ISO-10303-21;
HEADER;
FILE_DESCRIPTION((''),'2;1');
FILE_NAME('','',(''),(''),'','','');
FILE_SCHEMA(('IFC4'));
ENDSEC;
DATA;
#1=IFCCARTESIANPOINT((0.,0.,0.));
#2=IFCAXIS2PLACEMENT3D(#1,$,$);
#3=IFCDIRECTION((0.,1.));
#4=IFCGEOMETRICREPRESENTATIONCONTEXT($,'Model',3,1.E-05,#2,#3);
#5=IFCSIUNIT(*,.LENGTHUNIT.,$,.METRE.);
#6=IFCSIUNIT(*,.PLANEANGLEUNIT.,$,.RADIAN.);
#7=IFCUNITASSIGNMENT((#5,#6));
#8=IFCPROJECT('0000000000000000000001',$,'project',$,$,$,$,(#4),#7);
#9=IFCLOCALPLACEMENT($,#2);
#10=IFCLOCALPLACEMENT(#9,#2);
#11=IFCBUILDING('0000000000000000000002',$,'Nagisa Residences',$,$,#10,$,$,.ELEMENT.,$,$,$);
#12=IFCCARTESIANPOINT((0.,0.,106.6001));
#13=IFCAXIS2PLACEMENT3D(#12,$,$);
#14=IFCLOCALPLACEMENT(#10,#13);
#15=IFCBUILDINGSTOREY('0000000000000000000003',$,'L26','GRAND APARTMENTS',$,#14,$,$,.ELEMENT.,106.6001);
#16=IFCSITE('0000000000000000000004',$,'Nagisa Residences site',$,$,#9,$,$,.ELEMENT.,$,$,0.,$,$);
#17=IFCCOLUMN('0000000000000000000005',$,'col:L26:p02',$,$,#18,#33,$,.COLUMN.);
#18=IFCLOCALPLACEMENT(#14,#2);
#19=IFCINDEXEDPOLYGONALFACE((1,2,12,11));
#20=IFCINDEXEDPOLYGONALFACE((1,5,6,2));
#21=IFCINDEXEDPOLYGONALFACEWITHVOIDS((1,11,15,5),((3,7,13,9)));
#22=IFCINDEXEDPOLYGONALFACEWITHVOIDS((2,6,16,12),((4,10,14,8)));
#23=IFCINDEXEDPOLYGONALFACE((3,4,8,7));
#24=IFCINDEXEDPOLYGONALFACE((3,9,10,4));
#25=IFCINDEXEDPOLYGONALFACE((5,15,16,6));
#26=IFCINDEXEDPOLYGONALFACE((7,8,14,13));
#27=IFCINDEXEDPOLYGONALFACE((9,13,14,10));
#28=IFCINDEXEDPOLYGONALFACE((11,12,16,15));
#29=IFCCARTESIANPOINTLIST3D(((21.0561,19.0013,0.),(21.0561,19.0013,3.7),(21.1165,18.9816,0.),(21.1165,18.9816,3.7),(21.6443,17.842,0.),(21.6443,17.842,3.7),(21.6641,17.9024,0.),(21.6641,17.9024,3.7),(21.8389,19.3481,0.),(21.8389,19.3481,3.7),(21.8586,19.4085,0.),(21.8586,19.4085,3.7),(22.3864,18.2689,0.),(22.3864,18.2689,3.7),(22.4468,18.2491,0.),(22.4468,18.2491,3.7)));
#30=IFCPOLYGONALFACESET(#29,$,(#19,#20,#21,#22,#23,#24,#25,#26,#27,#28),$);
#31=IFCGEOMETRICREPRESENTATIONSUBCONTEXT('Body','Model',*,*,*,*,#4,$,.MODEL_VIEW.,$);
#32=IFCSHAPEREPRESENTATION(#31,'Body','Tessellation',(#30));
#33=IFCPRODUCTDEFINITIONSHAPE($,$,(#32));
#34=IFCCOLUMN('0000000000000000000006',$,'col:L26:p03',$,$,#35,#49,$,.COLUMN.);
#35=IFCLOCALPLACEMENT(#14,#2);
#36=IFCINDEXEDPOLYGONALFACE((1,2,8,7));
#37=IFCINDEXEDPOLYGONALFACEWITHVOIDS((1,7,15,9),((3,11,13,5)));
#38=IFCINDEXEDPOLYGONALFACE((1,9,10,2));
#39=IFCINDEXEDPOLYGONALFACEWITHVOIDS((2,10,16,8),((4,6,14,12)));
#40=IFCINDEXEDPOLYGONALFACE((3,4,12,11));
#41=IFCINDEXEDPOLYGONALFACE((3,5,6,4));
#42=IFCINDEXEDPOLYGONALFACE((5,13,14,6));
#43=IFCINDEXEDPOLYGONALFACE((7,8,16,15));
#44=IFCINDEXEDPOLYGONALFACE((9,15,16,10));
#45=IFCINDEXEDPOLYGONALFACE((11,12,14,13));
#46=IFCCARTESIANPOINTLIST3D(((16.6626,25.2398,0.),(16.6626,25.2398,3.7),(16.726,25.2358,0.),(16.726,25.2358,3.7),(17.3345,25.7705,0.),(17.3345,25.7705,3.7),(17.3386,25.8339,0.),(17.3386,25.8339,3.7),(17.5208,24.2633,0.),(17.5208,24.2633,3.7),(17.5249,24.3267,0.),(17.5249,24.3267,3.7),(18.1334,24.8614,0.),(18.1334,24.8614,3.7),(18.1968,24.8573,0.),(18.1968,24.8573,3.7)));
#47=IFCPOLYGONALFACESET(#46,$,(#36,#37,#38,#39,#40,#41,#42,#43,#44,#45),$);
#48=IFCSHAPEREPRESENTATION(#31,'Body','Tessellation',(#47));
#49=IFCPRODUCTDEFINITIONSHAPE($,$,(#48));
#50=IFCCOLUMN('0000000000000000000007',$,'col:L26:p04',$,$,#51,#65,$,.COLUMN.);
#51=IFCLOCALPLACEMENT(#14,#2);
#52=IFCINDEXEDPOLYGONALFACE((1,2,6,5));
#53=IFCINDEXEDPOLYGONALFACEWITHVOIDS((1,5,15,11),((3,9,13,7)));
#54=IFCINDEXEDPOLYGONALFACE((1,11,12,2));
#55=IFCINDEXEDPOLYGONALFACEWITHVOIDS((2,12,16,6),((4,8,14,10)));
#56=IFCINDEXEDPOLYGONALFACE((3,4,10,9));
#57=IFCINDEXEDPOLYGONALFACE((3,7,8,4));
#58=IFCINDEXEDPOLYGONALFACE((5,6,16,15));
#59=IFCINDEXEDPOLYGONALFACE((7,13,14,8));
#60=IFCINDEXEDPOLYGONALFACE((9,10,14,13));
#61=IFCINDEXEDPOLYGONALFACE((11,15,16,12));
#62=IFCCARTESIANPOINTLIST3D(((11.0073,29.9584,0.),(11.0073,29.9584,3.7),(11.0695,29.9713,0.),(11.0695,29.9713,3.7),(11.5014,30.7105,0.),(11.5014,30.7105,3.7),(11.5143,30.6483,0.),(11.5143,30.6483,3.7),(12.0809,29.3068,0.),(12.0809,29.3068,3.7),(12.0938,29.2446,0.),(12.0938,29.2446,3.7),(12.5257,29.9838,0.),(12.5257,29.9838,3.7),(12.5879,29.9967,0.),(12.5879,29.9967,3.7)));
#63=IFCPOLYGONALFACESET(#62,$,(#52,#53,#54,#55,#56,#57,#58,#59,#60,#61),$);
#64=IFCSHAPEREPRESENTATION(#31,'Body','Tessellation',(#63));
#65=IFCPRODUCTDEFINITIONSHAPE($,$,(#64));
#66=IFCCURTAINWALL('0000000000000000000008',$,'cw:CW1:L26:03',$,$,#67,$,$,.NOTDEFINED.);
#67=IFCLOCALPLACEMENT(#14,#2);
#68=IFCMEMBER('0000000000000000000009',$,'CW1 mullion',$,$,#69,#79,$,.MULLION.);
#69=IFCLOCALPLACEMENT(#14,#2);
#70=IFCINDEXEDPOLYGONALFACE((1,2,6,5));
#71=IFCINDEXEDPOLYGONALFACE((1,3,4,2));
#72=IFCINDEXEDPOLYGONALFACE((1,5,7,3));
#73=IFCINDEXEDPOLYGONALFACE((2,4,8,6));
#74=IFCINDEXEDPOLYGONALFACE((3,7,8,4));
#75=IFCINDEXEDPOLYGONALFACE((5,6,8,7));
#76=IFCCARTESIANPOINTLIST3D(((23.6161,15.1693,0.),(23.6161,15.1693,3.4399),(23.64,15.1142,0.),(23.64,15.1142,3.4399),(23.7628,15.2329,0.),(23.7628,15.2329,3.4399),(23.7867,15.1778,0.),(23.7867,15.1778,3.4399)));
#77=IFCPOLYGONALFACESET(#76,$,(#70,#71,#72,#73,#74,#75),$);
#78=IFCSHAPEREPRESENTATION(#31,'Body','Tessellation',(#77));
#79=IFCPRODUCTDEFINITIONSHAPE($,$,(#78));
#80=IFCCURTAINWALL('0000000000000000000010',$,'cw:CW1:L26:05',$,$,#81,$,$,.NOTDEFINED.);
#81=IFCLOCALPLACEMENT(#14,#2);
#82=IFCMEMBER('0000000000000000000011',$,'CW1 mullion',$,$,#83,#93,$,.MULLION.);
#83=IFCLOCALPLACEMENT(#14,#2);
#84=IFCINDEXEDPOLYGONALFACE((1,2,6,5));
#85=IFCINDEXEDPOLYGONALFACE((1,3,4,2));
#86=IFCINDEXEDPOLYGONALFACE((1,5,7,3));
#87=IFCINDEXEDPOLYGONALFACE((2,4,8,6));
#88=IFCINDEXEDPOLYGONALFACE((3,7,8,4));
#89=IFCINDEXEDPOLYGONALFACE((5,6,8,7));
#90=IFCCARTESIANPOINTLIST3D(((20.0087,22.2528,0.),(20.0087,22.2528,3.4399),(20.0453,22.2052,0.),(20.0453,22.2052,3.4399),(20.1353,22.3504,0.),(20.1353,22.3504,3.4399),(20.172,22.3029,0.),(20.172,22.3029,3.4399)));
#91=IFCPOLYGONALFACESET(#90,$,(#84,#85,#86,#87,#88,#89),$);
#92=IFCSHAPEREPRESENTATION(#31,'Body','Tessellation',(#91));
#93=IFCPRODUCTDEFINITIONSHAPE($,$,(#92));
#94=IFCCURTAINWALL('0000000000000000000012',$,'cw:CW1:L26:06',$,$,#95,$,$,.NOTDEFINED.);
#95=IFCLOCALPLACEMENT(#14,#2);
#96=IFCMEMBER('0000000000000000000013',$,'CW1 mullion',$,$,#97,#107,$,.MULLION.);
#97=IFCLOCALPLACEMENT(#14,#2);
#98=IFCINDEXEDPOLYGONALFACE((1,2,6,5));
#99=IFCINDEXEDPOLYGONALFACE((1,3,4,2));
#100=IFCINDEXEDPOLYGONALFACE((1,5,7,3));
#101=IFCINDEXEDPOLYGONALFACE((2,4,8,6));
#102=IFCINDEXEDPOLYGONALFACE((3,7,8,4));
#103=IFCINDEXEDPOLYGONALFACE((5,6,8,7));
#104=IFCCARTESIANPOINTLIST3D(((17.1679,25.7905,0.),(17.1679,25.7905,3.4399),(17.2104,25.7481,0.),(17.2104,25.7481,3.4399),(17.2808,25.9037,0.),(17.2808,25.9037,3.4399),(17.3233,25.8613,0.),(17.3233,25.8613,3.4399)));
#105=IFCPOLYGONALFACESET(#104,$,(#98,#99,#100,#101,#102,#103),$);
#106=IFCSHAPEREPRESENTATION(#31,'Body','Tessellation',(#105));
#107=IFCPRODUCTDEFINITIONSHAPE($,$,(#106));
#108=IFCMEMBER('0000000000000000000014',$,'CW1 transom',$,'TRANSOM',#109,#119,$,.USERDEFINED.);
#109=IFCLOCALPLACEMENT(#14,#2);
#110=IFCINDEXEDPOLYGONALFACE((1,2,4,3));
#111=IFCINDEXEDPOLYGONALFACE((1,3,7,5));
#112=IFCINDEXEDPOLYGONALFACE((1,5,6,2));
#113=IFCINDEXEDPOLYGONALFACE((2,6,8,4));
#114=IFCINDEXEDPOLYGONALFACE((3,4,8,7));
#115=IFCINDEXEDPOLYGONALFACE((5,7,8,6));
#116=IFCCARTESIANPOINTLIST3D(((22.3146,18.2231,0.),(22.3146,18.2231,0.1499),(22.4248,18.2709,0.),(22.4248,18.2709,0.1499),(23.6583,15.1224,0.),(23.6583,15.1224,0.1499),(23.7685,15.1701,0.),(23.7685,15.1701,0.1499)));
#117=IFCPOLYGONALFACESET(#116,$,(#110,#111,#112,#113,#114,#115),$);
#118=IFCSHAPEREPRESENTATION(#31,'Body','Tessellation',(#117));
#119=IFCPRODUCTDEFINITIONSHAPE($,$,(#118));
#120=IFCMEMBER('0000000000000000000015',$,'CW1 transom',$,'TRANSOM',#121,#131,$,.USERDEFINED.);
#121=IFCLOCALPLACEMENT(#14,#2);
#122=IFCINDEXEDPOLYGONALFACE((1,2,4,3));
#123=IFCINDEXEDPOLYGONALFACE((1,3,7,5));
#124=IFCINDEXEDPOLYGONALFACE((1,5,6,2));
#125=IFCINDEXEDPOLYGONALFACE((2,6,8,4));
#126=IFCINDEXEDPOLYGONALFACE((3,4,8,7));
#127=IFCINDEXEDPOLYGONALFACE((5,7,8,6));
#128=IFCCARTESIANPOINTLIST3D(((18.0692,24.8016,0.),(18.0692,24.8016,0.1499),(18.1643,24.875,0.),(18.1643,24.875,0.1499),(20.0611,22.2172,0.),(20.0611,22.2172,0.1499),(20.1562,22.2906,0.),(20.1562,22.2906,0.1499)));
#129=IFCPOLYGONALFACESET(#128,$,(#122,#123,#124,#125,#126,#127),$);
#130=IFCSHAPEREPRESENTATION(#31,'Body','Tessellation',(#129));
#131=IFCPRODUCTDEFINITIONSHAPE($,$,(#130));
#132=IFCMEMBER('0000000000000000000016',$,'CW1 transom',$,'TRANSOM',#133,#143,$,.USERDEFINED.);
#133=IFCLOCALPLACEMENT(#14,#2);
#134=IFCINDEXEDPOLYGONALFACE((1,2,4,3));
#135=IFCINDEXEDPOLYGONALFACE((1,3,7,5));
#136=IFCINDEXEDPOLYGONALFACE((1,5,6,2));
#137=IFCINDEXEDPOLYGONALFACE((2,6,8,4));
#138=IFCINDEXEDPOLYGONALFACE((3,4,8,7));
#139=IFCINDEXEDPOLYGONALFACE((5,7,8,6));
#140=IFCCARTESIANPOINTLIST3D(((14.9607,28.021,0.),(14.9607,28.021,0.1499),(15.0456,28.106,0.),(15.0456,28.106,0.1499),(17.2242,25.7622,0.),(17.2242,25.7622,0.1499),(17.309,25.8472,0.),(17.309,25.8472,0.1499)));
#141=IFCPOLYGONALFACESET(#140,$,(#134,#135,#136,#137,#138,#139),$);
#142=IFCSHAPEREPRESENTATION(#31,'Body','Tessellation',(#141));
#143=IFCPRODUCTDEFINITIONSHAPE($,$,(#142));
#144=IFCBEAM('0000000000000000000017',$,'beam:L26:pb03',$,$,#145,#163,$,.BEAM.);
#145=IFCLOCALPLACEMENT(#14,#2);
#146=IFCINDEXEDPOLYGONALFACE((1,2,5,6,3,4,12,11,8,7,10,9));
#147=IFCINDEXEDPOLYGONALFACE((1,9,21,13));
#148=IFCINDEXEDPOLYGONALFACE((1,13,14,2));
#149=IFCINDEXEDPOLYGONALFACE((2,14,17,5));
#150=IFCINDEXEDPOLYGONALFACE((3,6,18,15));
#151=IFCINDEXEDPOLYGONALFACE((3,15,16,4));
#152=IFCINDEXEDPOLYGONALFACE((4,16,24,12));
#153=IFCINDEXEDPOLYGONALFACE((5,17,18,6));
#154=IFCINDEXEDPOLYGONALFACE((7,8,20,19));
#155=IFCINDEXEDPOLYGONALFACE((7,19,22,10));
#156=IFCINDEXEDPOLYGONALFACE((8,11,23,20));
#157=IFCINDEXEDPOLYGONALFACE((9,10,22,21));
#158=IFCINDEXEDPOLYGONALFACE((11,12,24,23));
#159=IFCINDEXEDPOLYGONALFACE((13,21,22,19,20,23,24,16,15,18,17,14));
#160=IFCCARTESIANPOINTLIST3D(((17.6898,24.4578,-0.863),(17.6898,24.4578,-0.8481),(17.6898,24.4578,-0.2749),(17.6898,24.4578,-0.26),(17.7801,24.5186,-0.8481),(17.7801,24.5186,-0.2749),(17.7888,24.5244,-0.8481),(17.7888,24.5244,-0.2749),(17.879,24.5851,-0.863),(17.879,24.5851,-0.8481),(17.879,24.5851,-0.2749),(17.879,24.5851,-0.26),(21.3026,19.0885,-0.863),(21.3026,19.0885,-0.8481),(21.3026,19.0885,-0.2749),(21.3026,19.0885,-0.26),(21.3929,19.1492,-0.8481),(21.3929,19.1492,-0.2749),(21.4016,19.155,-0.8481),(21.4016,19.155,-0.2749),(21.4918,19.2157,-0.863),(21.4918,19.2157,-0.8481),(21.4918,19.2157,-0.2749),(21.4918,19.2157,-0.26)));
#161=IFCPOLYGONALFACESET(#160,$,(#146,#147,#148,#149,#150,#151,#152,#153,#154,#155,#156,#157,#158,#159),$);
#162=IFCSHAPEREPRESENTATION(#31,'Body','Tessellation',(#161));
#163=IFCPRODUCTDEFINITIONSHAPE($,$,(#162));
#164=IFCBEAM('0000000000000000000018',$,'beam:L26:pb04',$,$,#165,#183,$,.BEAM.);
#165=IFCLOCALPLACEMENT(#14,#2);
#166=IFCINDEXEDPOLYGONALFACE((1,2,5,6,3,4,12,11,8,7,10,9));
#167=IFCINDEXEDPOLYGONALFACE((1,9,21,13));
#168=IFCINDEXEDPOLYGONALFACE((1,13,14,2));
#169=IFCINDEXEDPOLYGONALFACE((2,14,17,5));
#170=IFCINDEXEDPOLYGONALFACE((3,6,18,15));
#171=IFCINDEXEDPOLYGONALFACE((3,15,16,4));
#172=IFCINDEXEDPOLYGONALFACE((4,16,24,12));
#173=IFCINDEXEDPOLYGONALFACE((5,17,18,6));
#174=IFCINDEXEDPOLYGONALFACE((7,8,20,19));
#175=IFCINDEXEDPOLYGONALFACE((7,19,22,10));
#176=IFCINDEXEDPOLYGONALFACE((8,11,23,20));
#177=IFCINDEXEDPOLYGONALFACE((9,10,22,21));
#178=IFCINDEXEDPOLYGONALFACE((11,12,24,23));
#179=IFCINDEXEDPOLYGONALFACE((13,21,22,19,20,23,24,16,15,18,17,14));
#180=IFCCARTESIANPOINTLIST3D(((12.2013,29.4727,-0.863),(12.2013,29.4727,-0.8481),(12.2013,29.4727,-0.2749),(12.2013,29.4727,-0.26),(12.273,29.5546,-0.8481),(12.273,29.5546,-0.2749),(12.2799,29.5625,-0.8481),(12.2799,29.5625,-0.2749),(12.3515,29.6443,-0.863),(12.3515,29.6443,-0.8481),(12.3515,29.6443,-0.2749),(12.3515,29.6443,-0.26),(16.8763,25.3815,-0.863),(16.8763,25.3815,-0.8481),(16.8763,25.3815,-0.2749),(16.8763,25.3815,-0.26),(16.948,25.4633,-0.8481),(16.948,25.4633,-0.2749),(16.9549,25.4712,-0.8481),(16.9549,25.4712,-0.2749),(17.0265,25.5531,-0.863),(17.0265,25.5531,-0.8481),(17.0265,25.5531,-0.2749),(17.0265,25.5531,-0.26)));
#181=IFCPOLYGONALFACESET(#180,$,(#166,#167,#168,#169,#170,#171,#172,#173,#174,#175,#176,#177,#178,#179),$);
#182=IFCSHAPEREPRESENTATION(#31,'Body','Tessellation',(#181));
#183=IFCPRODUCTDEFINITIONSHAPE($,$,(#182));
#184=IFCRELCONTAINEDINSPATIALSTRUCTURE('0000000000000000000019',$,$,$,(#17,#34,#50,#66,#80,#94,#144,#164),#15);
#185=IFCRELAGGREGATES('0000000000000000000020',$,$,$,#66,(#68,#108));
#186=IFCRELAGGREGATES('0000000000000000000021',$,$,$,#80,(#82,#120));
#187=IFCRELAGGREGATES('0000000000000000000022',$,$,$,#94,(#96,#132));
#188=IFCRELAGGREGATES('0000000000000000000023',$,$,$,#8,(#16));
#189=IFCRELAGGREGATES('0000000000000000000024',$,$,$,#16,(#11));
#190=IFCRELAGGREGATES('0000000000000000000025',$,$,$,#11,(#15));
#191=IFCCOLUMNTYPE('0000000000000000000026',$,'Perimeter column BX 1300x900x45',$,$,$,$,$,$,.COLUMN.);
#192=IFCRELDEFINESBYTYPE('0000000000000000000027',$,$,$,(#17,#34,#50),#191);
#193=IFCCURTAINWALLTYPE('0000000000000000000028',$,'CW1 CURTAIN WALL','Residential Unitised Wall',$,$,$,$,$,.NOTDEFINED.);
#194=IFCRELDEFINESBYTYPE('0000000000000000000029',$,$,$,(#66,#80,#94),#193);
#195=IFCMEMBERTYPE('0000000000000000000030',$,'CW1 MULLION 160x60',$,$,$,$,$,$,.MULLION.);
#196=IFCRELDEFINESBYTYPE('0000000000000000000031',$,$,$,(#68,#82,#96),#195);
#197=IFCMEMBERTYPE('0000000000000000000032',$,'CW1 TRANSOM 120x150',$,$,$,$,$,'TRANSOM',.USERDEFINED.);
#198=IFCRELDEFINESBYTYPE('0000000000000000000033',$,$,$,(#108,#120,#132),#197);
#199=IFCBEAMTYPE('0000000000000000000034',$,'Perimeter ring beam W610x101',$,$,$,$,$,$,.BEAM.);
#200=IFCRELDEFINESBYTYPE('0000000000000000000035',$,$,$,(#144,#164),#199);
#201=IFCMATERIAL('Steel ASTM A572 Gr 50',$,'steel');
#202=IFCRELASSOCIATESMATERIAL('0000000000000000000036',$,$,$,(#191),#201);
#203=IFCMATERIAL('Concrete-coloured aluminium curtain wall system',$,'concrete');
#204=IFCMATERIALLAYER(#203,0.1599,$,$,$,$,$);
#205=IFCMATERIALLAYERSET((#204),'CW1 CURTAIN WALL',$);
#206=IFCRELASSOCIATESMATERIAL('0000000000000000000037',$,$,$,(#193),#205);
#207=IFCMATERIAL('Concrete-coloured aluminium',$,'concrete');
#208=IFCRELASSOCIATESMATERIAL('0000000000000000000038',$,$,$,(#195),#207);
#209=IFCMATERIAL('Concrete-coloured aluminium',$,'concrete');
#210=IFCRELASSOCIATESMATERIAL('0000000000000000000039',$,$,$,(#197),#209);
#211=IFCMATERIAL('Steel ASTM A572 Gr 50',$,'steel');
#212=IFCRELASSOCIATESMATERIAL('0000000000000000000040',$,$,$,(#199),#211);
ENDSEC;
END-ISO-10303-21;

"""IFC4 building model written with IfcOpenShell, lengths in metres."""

from ifc_helpers import new_model, si_unit, direction, frame, origin, origin_2d, place, context, subcontext, project, spatial, rectangle, hollow_rectangle, i_section, extrude, material, layer, layer_set, material_profile, profile_set, type_object, element, aggregate, save


model = new_model("IFC4")

# Units and contexts
model_context = context("Model", 3, precision=1e-05, world=origin(), true_north=direction((0.0, 1.0)))
body_context = subcontext(model_context, "Body", "Model", "MODEL_VIEW")
ifc_project = project(units=[si_unit("LENGTHUNIT", "METRE"), si_unit("PLANEANGLEUNIT", "RADIAN")], contexts=[model_context])

# Site, building, storey
site_placement = place(None, origin())
site = spatial("IfcSite", under=ifc_project, at=site_placement, Name="Nagisa Residences site", CompositionType="ELEMENT", RefElevation=0.0)
building_placement = place(site_placement, origin())
building = spatial("IfcBuilding", under=site, at=building_placement, Name="Nagisa Residences", CompositionType="ELEMENT")
storey_placement = place(building_placement, frame((0.0, 0.0, 106.6001)))
storey = spatial("IfcBuildingStorey", under=building, at=storey_placement, Name="L26", Description="GRAND APARTMENTS", CompositionType="ELEMENT", Elevation=106.6001)

# Columns
ifc_material_1 = material(Name="Steel ASTM A572 Gr 50", Category="steel")
ifc_material_profile_1 = material_profile(ifc_material_1, hollow_rectangle(XDim=1.3, YDim=0.8999, WallThickness=0.0449, at=origin_2d()), Name="BX 1300x900x45")
ifc_profile_set_1 = profile_set([ifc_material_profile_1], Name="Steel ASTM A572 Gr 50")
column_type = type_object("IfcColumnType", Name="Perimeter column BX 1300x900x45", PredefinedType="COLUMN", material=ifc_profile_set_1)
for number, where, z_axis, x_axis, name in (
    (1, (21.7515, 18.6252, 0.0), (0.0, 0.0, 1.0), (-0.452463, 0.891783, 0.0), "col:L26:p02"),
    (2, (17.4297, 25.0486, 0.0), (0.0, 0.0, 1.0), (-0.660115, 0.751165, 0.0), "col:L26:p03"),
    (3, (11.7976, 29.9775, 0.0), (0.0, 0.0, 1.0), (-0.835766, 0.549086, 0.0), "col:L26:p04"),
):
    element("IfcColumn", number, at=place(storey_placement, frame(where, z_axis=z_axis, x_axis=x_axis)), inside=storey, type_object=column_type, Name=name, PredefinedType="COLUMN", context=body_context, shape_type="SweptSolid", body=[
        extrude(hollow_rectangle(XDim=1.3, YDim=0.8999, WallThickness=0.0449, at=origin_2d()), origin(), (0.0, 0.0, 1.0), 3.7),
    ])

# Curtain walls, members
ifc_material_2 = material(Name="Concrete-coloured aluminium curtain wall system", Category="concrete")
ifc_layer_1 = layer(ifc_material_2, 0.1599)
ifc_layer_set_1 = layer_set([ifc_layer_1], Name="CW1 CURTAIN WALL")
curtain_wall_type = type_object("IfcCurtainWallType", Name="CW1 CURTAIN WALL", Description="Residential Unitised Wall", PredefinedType="NOTDEFINED", material=ifc_layer_set_1)
curtain_wall_1_placement = place(storey_placement, origin())
curtain_wall_1 = element("IfcCurtainWall", 4, at=curtain_wall_1_placement, inside=storey, type_object=curtain_wall_type, Name="cw:CW1:L26:03", PredefinedType="NOTDEFINED")
ifc_material_3 = material(Name="Concrete-coloured aluminium", Category="concrete")
ifc_material_profile_2 = material_profile(ifc_material_3, rectangle(XDim=0.1599, YDim=0.0601, at=origin_2d()), Name="CW1 MULLION 160x60")
ifc_profile_set_2 = profile_set([ifc_material_profile_2], Name="Concrete-coloured aluminium")
member_type_1 = type_object("IfcMemberType", Name="CW1 MULLION 160x60", PredefinedType="MULLION", material=ifc_profile_set_2)
member_1_placement = place(storey_placement, frame((23.7014, 15.1736, 0.0), z_axis=(0.0, 0.0, 1.0), x_axis=(-0.917543, -0.397636, 0.0)))
member_1 = element("IfcMember", 5, at=member_1_placement, type_object=member_type_1, Name="CW1 mullion", PredefinedType="MULLION", context=body_context, shape_type="SweptSolid", body=[
    extrude(rectangle(XDim=0.1599, YDim=0.0601, at=origin_2d()), origin(), (0.0, 0.0, 1.0), 3.4399),
])
curtain_wall_2_placement = place(storey_placement, origin())
curtain_wall_2 = element("IfcCurtainWall", 6, at=curtain_wall_2_placement, inside=storey, type_object=curtain_wall_type, Name="cw:CW1:L26:05", PredefinedType="NOTDEFINED")
member_2_placement = place(storey_placement, frame((20.0903, 22.2778, 0.0), z_axis=(0.0, 0.0, 1.0), x_axis=(-0.79207, -0.61043, 0.0)))
member_2 = element("IfcMember", 7, at=member_2_placement, type_object=member_type_1, Name="CW1 mullion", PredefinedType="MULLION", context=body_context, shape_type="SweptSolid", body=[
    extrude(rectangle(XDim=0.1599, YDim=0.0601, at=origin_2d()), origin(), (0.0, 0.0, 1.0), 3.4399),
])
curtain_wall_3_placement = place(storey_placement, origin())
curtain_wall_3 = element("IfcCurtainWall", 8, at=curtain_wall_3_placement, inside=storey, type_object=curtain_wall_type, Name="cw:CW1:L26:06", PredefinedType="NOTDEFINED")
member_3_placement = place(storey_placement, frame((17.2456, 25.8259, 0.0), z_axis=(0.0, 0.0, 1.0), x_axis=(-0.706377, -0.707836, 0.0)))
member_3 = element("IfcMember", 9, at=member_3_placement, type_object=member_type_1, Name="CW1 mullion", PredefinedType="MULLION", context=body_context, shape_type="SweptSolid", body=[
    extrude(rectangle(XDim=0.1599, YDim=0.0601, at=origin_2d()), origin(), (0.0, 0.0, 1.0), 3.4399),
])

# Members
ifc_material_4 = material(Name="Concrete-coloured aluminium", Category="concrete")
ifc_material_profile_3 = material_profile(ifc_material_4, rectangle(XDim=0.1201, YDim=0.1499, at=origin_2d()), Name="CW1 TRANSOM 120x150")
ifc_profile_set_3 = profile_set([ifc_material_profile_3], Name="Concrete-coloured aluminium")
member_type_2 = type_object("IfcMemberType", Name="CW1 TRANSOM 120x150", ElementType="TRANSOM", PredefinedType="USERDEFINED", material=ifc_profile_set_3)
member_4_placement = place(storey_placement, frame((23.7134, 15.1462, 0.075), z_axis=(-0.397622, 0.917549, 0.0), x_axis=(-0.917549, -0.397622, 0.0)))
member_4 = element("IfcMember", 10, at=member_4_placement, type_object=member_type_2, Name="CW1 transom", ObjectType="TRANSOM", PredefinedType="USERDEFINED", context=body_context, shape_type="SweptSolid", body=[
    extrude(rectangle(XDim=0.1201, YDim=0.1499, at=origin_2d()), origin(), (0.0, 0.0, 1.0), 3.3794),
])
member_5_placement = place(storey_placement, frame((20.1086, 22.2539, 0.075), z_axis=(-0.610459, 0.792048, 0.0), x_axis=(-0.792048, -0.610459, 0.0)))
member_5 = element("IfcMember", 11, at=member_5_placement, type_object=member_type_2, Name="CW1 transom", ObjectType="TRANSOM", PredefinedType="USERDEFINED", context=body_context, shape_type="SweptSolid", body=[
    extrude(rectangle(XDim=0.1201, YDim=0.1499, at=origin_2d()), origin(), (0.0, 0.0, 1.0), 3.2629),
])
member_6_placement = place(storey_placement, frame((17.2666, 25.8047, 0.075), z_axis=(-0.707832, 0.706381, 0.0), x_axis=(-0.706381, -0.707832, 0.0)))
member_6 = element("IfcMember", 12, at=member_6_placement, type_object=member_type_2, Name="CW1 transom", ObjectType="TRANSOM", PredefinedType="USERDEFINED", context=body_context, shape_type="SweptSolid", body=[
    extrude(rectangle(XDim=0.1201, YDim=0.1499, at=origin_2d()), origin(), (0.0, 0.0, 1.0), 3.1978),
])

# Beams
ifc_material_5 = material(Name="Steel ASTM A572 Gr 50", Category="steel")
ifc_material_profile_4 = material_profile(ifc_material_5, i_section(OverallWidth=0.228, OverallDepth=0.603, WebThickness=0.0105, FlangeThickness=0.0149, at=origin_2d()), Name="W610x101")
ifc_profile_set_4 = profile_set([ifc_material_profile_4], Name="Steel ASTM A572 Gr 50")
beam_type_1 = type_object("IfcBeamType", Name="Perimeter ring beam W610x101", PredefinedType="BEAM", material=ifc_profile_set_4)
beam_1_placement = place(storey_placement, frame((21.3972, 19.1521, -0.5615), z_axis=(-0.558247, 0.829675, 0.0), x_axis=(-0.829675, -0.558247, 0.0)))
element("IfcBeam", 13, at=beam_1_placement, inside=storey, type_object=beam_type_1, Name="beam:L26:pb03", PredefinedType="BEAM", context=body_context, shape_type="SweptSolid", body=[
    extrude(i_section(OverallWidth=0.228, OverallDepth=0.603, WebThickness=0.0105, FlangeThickness=0.0149, at=origin_2d()), origin(), (0.0, 0.0, 1.0), 6.4717),
])
beam_2_placement = place(storey_placement, frame((16.9514, 25.4673, -0.5615), z_axis=(-0.752526, 0.658563, 0.0), x_axis=(-0.658563, -0.752526, 0.0)))
element("IfcBeam", 14, at=beam_2_placement, inside=storey, type_object=beam_type_1, Name="beam:L26:pb04", PredefinedType="BEAM", context=body_context, shape_type="SweptSolid", body=[
    extrude(i_section(OverallWidth=0.228, OverallDepth=0.603, WebThickness=0.0105, FlangeThickness=0.0149, at=origin_2d()), origin(), (0.0, 0.0, 1.0), 6.2124),
])

aggregate(curtain_wall_1, [member_1, member_4])
aggregate(curtain_wall_2, [member_2, member_5])
aggregate(curtain_wall_3, [member_3, member_6])

save(model, "model.ifc")
